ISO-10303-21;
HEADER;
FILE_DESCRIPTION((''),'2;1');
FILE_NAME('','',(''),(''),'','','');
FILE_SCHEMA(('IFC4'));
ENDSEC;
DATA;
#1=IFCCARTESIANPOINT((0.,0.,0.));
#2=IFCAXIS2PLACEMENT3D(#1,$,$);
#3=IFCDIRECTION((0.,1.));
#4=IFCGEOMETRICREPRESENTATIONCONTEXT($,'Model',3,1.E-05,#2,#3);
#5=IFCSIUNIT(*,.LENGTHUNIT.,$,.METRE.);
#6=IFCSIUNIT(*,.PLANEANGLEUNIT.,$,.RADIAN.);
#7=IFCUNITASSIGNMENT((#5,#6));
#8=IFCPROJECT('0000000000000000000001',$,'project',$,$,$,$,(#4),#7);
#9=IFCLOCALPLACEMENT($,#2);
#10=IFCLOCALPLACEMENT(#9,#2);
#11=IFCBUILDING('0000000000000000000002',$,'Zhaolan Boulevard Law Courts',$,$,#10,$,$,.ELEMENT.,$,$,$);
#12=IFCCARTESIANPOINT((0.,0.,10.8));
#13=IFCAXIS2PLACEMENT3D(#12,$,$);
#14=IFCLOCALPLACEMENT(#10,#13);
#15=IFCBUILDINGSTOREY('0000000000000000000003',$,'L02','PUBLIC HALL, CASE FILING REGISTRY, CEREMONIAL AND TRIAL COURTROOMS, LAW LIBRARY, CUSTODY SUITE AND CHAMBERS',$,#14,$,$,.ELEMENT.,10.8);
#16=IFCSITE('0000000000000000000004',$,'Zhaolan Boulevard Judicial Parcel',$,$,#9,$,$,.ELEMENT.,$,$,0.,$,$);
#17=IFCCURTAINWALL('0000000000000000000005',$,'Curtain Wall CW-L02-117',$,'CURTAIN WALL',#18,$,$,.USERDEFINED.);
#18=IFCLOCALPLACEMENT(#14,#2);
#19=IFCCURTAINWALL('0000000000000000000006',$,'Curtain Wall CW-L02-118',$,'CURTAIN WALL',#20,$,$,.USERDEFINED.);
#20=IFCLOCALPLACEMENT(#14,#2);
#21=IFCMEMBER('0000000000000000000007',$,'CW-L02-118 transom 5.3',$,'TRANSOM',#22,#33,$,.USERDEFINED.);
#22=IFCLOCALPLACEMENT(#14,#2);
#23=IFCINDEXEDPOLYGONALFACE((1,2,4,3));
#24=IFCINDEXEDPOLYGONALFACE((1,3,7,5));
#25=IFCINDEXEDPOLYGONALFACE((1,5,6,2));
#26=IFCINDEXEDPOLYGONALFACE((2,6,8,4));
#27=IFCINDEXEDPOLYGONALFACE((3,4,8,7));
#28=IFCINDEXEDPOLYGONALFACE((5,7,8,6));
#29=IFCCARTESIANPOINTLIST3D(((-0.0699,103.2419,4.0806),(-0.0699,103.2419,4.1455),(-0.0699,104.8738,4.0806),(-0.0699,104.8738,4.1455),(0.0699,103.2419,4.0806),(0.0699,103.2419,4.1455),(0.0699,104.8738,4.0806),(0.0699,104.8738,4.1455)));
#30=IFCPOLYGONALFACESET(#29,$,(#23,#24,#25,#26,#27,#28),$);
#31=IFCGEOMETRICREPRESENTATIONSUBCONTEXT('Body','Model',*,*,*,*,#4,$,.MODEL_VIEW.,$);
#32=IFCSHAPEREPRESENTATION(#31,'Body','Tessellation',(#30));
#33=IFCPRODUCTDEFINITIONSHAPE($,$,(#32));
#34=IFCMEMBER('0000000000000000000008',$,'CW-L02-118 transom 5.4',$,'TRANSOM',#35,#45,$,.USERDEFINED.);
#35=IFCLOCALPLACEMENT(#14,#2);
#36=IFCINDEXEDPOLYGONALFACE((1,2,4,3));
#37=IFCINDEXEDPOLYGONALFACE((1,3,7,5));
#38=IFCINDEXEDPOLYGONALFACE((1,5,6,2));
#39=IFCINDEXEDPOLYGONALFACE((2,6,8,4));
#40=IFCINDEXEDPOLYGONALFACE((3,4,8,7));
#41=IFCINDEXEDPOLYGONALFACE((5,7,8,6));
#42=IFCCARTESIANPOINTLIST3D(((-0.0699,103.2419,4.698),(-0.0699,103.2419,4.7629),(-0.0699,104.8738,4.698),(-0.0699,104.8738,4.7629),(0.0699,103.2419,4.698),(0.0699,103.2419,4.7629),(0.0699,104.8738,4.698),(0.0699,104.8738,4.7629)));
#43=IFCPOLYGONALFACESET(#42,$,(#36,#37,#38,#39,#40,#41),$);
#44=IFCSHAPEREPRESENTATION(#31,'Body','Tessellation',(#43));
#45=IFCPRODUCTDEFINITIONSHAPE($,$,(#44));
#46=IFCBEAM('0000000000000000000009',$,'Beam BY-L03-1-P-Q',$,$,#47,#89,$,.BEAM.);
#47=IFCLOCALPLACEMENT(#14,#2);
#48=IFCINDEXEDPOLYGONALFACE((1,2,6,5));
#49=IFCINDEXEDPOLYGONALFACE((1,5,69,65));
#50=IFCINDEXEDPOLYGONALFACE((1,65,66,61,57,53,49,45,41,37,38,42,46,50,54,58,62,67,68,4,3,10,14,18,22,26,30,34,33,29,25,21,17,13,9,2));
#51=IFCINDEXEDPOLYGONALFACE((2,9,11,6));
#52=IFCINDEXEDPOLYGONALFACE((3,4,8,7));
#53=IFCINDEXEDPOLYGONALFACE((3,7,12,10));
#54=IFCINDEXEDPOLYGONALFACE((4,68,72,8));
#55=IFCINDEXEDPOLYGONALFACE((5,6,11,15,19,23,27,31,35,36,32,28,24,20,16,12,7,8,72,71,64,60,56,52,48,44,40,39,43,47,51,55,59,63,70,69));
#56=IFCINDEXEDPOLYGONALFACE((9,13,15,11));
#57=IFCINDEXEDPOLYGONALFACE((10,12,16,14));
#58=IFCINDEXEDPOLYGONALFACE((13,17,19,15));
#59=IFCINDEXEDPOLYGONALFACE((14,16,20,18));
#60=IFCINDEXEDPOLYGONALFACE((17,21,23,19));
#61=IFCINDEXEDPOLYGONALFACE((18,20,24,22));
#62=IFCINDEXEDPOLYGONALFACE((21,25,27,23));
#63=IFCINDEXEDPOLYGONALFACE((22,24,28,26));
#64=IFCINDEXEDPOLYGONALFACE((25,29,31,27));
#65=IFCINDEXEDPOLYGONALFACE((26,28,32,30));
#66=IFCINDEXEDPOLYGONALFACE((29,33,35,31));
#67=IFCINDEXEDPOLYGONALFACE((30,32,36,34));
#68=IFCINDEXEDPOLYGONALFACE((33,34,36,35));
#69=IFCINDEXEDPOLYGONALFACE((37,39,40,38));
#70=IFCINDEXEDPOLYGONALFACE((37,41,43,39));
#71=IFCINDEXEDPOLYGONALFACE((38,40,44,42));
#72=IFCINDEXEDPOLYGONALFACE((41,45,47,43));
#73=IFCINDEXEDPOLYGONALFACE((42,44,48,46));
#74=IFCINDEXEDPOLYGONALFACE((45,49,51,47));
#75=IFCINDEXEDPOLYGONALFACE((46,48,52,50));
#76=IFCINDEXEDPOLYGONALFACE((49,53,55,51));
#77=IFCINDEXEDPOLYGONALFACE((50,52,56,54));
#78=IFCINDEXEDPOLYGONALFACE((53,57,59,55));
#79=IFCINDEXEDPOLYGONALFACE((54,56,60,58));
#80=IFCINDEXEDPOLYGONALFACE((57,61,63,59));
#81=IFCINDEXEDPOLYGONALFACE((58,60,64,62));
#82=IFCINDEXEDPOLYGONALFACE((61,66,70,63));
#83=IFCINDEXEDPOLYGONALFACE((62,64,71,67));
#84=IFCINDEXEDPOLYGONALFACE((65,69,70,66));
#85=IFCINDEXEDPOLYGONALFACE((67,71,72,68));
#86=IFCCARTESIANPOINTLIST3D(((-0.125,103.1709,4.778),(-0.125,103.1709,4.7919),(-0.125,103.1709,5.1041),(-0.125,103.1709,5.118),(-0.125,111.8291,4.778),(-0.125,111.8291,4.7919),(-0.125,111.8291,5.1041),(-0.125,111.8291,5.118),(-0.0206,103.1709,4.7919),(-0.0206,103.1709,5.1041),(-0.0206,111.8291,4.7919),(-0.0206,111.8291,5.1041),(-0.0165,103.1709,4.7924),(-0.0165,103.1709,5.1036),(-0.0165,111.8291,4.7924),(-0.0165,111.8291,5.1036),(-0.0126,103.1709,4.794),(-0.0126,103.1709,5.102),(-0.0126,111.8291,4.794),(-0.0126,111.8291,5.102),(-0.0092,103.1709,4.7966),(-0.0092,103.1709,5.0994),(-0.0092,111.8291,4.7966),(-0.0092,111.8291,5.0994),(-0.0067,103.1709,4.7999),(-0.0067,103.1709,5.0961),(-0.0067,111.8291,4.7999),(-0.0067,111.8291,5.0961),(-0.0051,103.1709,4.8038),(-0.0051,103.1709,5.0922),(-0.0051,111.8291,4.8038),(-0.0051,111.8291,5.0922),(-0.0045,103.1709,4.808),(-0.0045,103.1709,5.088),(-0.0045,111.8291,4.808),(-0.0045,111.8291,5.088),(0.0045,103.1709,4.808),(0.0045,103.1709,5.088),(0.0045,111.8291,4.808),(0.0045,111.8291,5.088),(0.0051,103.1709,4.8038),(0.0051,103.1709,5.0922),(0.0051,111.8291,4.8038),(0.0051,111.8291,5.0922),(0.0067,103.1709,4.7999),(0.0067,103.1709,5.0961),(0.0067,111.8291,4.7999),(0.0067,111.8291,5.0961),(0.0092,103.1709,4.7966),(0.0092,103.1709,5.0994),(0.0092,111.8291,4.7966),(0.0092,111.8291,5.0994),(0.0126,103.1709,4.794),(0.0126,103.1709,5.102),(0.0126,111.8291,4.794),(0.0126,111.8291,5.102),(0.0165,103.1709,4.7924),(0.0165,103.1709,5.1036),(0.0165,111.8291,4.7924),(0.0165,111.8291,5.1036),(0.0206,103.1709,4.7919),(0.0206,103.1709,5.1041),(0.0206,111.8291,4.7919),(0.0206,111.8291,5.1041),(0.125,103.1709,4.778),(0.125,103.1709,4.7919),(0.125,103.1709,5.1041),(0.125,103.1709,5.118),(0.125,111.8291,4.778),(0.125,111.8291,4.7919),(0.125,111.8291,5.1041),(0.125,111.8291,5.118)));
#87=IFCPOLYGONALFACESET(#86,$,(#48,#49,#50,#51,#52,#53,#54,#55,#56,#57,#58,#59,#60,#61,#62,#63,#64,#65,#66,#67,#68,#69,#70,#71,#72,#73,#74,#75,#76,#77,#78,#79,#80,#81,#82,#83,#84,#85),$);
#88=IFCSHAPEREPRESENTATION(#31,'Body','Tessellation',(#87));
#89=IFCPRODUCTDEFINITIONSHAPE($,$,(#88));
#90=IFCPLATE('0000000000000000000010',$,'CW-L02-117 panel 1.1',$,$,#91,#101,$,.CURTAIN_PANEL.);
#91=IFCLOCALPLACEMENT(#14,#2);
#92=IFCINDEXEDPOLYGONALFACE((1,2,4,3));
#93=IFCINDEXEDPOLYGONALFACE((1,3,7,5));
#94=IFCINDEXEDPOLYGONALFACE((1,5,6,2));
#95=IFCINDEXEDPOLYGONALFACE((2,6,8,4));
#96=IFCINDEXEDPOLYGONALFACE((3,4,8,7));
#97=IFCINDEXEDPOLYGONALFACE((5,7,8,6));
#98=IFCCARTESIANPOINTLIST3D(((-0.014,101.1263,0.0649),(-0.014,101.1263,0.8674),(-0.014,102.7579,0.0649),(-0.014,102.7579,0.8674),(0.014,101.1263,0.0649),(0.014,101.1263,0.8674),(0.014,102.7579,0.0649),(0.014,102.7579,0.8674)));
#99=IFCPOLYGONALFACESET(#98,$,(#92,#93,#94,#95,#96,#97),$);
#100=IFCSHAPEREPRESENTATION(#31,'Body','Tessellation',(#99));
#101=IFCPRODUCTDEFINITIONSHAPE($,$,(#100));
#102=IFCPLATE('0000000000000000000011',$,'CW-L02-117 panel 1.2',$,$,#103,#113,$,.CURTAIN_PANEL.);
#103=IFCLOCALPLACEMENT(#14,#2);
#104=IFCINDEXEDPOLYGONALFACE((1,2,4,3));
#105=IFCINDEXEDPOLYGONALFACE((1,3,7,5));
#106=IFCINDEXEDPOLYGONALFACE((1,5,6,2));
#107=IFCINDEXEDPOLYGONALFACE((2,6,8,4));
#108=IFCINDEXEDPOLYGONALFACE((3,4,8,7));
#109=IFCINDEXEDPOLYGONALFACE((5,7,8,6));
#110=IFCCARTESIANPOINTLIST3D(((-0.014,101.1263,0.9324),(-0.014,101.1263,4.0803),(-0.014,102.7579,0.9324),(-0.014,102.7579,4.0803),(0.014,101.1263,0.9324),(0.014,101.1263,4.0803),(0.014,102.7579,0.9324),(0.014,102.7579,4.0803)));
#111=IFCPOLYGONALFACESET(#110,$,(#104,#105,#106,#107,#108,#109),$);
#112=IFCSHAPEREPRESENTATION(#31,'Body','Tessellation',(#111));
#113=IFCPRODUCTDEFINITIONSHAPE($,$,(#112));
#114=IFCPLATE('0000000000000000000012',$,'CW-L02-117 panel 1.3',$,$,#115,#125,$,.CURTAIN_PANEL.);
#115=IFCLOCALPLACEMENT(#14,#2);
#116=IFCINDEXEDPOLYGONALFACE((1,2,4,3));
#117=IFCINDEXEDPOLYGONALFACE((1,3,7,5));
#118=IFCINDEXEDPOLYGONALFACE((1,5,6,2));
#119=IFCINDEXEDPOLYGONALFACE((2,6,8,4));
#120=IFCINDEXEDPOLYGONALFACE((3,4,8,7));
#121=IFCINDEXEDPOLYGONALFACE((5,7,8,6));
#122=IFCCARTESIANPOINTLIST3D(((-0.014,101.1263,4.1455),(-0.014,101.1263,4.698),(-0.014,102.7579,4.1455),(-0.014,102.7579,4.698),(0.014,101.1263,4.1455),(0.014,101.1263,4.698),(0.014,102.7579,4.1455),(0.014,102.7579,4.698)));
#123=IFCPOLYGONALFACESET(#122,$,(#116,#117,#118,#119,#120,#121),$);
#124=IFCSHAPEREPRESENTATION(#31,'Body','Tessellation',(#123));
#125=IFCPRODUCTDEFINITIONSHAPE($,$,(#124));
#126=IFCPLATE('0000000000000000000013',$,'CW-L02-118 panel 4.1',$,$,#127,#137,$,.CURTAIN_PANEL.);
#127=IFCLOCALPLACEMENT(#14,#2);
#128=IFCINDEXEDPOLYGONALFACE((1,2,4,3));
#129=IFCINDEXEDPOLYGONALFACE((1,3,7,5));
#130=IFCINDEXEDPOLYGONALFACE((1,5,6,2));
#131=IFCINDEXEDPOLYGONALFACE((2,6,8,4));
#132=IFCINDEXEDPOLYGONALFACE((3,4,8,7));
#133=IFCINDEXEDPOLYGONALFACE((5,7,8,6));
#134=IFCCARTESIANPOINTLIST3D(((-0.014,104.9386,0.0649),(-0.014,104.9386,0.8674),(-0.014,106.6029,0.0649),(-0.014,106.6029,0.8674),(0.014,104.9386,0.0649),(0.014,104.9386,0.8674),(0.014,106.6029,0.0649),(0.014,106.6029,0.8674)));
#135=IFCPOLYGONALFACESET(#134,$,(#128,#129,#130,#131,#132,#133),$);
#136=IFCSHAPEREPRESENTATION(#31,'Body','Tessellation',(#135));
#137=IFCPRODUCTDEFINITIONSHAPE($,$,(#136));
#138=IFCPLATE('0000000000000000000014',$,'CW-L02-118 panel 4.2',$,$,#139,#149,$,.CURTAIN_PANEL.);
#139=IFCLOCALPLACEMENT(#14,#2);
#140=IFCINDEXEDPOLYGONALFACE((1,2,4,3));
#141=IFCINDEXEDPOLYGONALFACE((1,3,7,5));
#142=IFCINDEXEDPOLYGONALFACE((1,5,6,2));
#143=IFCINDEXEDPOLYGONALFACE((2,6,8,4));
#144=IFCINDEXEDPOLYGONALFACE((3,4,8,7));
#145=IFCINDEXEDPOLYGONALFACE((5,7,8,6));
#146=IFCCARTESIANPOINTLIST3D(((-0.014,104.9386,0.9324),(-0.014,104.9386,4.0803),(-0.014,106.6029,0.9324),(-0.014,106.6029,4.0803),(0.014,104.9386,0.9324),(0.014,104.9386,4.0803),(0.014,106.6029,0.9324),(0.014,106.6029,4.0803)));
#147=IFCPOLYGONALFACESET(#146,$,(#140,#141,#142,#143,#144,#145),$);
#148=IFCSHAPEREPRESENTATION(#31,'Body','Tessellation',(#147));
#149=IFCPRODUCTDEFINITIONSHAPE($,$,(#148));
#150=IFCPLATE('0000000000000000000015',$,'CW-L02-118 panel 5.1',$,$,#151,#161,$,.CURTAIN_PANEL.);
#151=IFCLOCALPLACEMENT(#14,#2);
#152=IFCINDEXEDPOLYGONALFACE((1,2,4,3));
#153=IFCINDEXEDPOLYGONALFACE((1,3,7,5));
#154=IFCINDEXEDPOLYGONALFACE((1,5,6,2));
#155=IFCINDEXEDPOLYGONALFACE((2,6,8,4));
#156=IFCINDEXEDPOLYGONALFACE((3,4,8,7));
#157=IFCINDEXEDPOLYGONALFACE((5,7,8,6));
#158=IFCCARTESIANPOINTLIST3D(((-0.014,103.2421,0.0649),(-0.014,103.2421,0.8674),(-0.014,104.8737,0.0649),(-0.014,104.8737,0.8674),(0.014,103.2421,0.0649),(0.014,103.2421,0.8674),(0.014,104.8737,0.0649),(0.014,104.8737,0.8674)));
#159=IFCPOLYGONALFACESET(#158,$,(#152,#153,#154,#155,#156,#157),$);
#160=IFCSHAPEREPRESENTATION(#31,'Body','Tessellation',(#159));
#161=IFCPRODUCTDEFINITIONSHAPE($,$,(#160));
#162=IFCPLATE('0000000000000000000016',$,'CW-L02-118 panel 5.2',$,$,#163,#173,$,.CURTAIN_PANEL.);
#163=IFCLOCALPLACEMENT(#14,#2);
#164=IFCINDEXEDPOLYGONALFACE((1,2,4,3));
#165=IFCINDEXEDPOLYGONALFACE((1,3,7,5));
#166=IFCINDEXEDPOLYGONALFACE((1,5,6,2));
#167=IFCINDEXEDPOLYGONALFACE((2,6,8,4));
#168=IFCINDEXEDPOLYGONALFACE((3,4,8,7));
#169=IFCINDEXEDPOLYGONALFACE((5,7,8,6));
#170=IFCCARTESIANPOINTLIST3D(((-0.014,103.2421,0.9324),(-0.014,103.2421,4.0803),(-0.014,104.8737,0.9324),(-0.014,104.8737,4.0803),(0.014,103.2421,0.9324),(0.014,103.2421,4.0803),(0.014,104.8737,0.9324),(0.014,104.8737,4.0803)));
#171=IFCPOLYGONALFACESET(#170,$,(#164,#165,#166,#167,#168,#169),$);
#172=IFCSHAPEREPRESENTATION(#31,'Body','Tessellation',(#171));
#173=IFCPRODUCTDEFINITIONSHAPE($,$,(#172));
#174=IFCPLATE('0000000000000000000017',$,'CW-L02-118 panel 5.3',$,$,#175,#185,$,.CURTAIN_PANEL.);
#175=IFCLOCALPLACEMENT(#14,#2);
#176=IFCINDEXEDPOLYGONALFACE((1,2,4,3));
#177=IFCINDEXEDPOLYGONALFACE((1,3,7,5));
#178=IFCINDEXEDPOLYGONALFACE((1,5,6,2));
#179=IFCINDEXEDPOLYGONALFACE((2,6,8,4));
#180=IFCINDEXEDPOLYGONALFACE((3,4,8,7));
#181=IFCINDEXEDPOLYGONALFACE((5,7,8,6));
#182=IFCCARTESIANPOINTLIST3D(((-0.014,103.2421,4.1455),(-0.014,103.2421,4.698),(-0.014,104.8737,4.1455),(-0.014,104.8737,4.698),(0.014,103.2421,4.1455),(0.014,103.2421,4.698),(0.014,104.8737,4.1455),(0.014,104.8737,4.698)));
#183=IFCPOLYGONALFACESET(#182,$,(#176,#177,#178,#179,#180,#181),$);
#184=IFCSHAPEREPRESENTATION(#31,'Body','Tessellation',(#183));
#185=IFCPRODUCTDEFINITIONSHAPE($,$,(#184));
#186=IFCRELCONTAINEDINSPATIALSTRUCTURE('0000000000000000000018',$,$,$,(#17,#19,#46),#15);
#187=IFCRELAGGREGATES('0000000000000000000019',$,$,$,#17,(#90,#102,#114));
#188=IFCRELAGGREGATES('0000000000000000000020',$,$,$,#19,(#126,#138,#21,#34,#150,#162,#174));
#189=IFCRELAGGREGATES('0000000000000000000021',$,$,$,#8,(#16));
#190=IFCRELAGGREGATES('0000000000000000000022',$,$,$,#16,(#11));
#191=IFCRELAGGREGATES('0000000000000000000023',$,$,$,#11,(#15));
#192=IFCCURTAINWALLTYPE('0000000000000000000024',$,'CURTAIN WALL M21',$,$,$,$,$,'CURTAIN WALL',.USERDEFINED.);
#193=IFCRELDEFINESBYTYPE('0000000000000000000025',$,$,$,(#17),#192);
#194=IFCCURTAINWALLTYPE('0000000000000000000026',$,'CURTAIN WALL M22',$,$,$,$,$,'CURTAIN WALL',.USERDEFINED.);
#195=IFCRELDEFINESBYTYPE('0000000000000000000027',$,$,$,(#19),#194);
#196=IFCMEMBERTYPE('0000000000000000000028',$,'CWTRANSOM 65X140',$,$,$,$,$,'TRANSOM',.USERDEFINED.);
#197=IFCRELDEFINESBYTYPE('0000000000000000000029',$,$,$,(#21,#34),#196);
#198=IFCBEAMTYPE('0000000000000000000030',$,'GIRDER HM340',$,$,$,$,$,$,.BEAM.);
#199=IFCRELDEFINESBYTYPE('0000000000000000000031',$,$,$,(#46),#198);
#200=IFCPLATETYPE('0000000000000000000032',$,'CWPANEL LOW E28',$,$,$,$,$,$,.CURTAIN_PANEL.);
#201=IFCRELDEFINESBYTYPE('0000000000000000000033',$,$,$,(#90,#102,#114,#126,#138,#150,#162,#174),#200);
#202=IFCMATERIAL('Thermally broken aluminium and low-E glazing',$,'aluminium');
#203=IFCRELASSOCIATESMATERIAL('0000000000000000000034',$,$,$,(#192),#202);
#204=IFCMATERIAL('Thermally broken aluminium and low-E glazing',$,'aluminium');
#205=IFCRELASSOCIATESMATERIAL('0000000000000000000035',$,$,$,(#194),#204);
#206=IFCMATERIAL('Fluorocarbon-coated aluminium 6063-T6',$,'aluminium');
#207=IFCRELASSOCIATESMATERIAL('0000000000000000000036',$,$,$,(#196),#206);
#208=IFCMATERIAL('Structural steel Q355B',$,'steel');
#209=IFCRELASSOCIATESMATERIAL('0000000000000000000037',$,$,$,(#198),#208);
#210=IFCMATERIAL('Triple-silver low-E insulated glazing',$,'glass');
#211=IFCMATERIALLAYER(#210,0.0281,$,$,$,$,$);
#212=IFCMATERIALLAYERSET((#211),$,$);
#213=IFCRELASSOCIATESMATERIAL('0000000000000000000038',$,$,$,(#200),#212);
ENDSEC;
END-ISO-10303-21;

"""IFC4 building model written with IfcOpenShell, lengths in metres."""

from ifc_helpers import new_model, si_unit, direction, frame, origin, origin_2d, place, context, subcontext, project, spatial, rectangle, i_section, extrude, material, layer, layer_set, material_profile, profile_set, type_object, element, aggregate, save


model = new_model("IFC4")

# Units and contexts
model_context = context("Model", 3, precision=1e-05, world=origin(), true_north=direction((0.0, 1.0)))
body_context = subcontext(model_context, "Body", "Model", "MODEL_VIEW")
ifc_project = project(units=[si_unit("LENGTHUNIT", "METRE"), si_unit("PLANEANGLEUNIT", "RADIAN")], contexts=[model_context])

# Site, building, storey
site_placement = place(None, origin())
site = spatial("IfcSite", under=ifc_project, at=site_placement, Name="Zhaolan Boulevard Judicial Parcel", CompositionType="ELEMENT", RefElevation=0.0)
building_placement = place(site_placement, origin())
building = spatial("IfcBuilding", under=site, at=building_placement, Name="Zhaolan Boulevard Law Courts", CompositionType="ELEMENT")
storey_placement = place(building_placement, frame((0.0, 0.0, 10.8)))
storey = spatial("IfcBuildingStorey", under=building, at=storey_placement, Name="L02", Description="PUBLIC HALL, CASE FILING REGISTRY, CEREMONIAL AND TRIAL COURTROOMS, LAW LIBRARY, CUSTODY SUITE AND CHAMBERS", CompositionType="ELEMENT", Elevation=10.8)

# Curtain walls
ifc_material_1 = material(Name="Thermally broken aluminium and low-E glazing", Category="aluminium")
curtain_wall_type_1 = type_object("IfcCurtainWallType", Name="CURTAIN WALL M21", ElementType="CURTAIN WALL", PredefinedType="USERDEFINED", material=ifc_material_1)
curtain_wall_1_placement = place(storey_placement, origin())
curtain_wall_1 = element("IfcCurtainWall", 1, at=curtain_wall_1_placement, inside=storey, type_object=curtain_wall_type_1, Name="Curtain Wall CW-L02-117", ObjectType="CURTAIN WALL", PredefinedType="USERDEFINED")
ifc_material_2 = material(Name="Thermally broken aluminium and low-E glazing", Category="aluminium")
curtain_wall_type_2 = type_object("IfcCurtainWallType", Name="CURTAIN WALL M22", ElementType="CURTAIN WALL", PredefinedType="USERDEFINED", material=ifc_material_2)
curtain_wall_2_placement = place(storey_placement, origin())
curtain_wall_2 = element("IfcCurtainWall", 2, at=curtain_wall_2_placement, inside=storey, type_object=curtain_wall_type_2, Name="Curtain Wall CW-L02-118", ObjectType="CURTAIN WALL", PredefinedType="USERDEFINED")

# Members
ifc_material_3 = material(Name="Fluorocarbon-coated aluminium 6063-T6", Category="aluminium")
ifc_material_profile_1 = material_profile(ifc_material_3, rectangle(XDim=0.1399, YDim=0.0649, at=origin_2d()), Name="AL65x140")
ifc_profile_set_1 = profile_set([ifc_material_profile_1], Name="Fluorocarbon-coated aluminium 6063-T6")
member_type_1 = type_object("IfcMemberType", Name="CWTRANSOM 65X140", ElementType="TRANSOM", PredefinedType="USERDEFINED", material=ifc_profile_set_1)
member_1_placement = place(storey_placement, frame((0.0, 104.8738, 4.113), z_axis=(0.0, -1.0, 0.0), x_axis=(1.0, 0.0, 0.0)))
member_1 = element("IfcMember", 3, at=member_1_placement, type_object=member_type_1, Name="CW-L02-118 transom 5.3", ObjectType="TRANSOM", PredefinedType="USERDEFINED", context=body_context, shape_type="SweptSolid", body=[
    extrude(rectangle(XDim=0.1399, YDim=0.0649, at=origin_2d()), origin(), (0.0, 0.0, 1.0), 1.6318),
])
member_2_placement = place(storey_placement, frame((0.0, 104.8738, 4.7305), z_axis=(0.0, -1.0, 0.0), x_axis=(1.0, 0.0, 0.0)))
member_2 = element("IfcMember", 4, at=member_2_placement, type_object=member_type_1, Name="CW-L02-118 transom 5.4", ObjectType="TRANSOM", PredefinedType="USERDEFINED", context=body_context, shape_type="SweptSolid", body=[
    extrude(rectangle(XDim=0.1399, YDim=0.0649, at=origin_2d()), origin(), (0.0, 0.0, 1.0), 1.6318),
])

# Beam
ifc_material_4 = material(Name="Structural steel Q355B", Category="steel")
ifc_material_profile_2 = material_profile(ifc_material_4, i_section(OverallWidth=0.25, OverallDepth=0.3401, WebThickness=0.009, FlangeThickness=0.0139, FilletRadius=0.0161, at=origin_2d()), Name="HM340x250")
ifc_profile_set_2 = profile_set([ifc_material_profile_2], Name="Structural steel Q355B")
beam_type = type_object("IfcBeamType", Name="GIRDER HM340", PredefinedType="BEAM", material=ifc_profile_set_2)
beam_placement = place(storey_placement, frame((0.0, 103.1709, 4.948), z_axis=(0.0, 1.0, 0.0), x_axis=(-1.0, 0.0, 0.0)))
element("IfcBeam", 5, at=beam_placement, inside=storey, type_object=beam_type, Name="Beam BY-L03-1-P-Q", PredefinedType="BEAM", context=body_context, shape_type="SweptSolid", body=[
    extrude(i_section(OverallWidth=0.25, OverallDepth=0.3401, WebThickness=0.009, FlangeThickness=0.0139, FilletRadius=0.0161, at=origin_2d()), origin(), (0.0, 0.0, 1.0), 8.6582),
])

# Plates
ifc_material_5 = material(Name="Triple-silver low-E insulated glazing", Category="glass")
ifc_layer = layer(ifc_material_5, 0.0281)
ifc_layer_set = layer_set([ifc_layer])
plate_type = type_object("IfcPlateType", Name="CWPANEL LOW E28", PredefinedType="CURTAIN_PANEL", material=ifc_layer_set)
plate_1_placement = place(storey_placement, frame((0.0, 101.9421, 0.0649), z_axis=(0.0, 0.0, 1.0), x_axis=(0.0, -1.0, 0.0)))
plate_1 = element("IfcPlate", 6, at=plate_1_placement, type_object=plate_type, Name="CW-L02-117 panel 1.1", PredefinedType="CURTAIN_PANEL", context=body_context, shape_type="SweptSolid", body=[
    extrude(rectangle(XDim=1.6316, YDim=0.0281, at=origin_2d()), origin(), (0.0, 0.0, 1.0), 0.8025),
])
plate_2_placement = place(storey_placement, frame((0.0, 101.9421, 0.9324), z_axis=(0.0, 0.0, 1.0), x_axis=(0.0, -1.0, 0.0)))
plate_2 = element("IfcPlate", 7, at=plate_2_placement, type_object=plate_type, Name="CW-L02-117 panel 1.2", PredefinedType="CURTAIN_PANEL", context=body_context, shape_type="SweptSolid", body=[
    extrude(rectangle(XDim=1.6316, YDim=0.0281, at=origin_2d()), origin(), (0.0, 0.0, 1.0), 3.1479),
])
plate_3_placement = place(storey_placement, frame((0.0, 101.9421, 4.1455), z_axis=(0.0, 0.0, 1.0), x_axis=(0.0, -1.0, 0.0)))
plate_3 = element("IfcPlate", 8, at=plate_3_placement, type_object=plate_type, Name="CW-L02-117 panel 1.3", PredefinedType="CURTAIN_PANEL", context=body_context, shape_type="SweptSolid", body=[
    extrude(rectangle(XDim=1.6316, YDim=0.0281, at=origin_2d()), origin(), (0.0, 0.0, 1.0), 0.5525),
])
aggregate(curtain_wall_1, [plate_1, plate_2, plate_3])
plate_4_placement = place(storey_placement, frame((0.0, 105.7708, 0.0649), z_axis=(0.0, 0.0, 1.0), x_axis=(0.0, -1.0, 0.0)))
plate_4 = element("IfcPlate", 9, at=plate_4_placement, type_object=plate_type, Name="CW-L02-118 panel 4.1", PredefinedType="CURTAIN_PANEL", context=body_context, shape_type="SweptSolid", body=[
    extrude(rectangle(XDim=1.6643, YDim=0.0281, at=origin_2d()), origin(), (0.0, 0.0, 1.0), 0.8025),
])
plate_5_placement = place(storey_placement, frame((0.0, 105.7708, 0.9324), z_axis=(0.0, 0.0, 1.0), x_axis=(0.0, -1.0, 0.0)))
plate_5 = element("IfcPlate", 10, at=plate_5_placement, type_object=plate_type, Name="CW-L02-118 panel 4.2", PredefinedType="CURTAIN_PANEL", context=body_context, shape_type="SweptSolid", body=[
    extrude(rectangle(XDim=1.6643, YDim=0.0281, at=origin_2d()), origin(), (0.0, 0.0, 1.0), 3.1479),
])
plate_6_placement = place(storey_placement, frame((0.0, 104.0579, 0.0649), z_axis=(0.0, 0.0, 1.0), x_axis=(0.0, -1.0, 0.0)))
plate_6 = element("IfcPlate", 11, at=plate_6_placement, type_object=plate_type, Name="CW-L02-118 panel 5.1", PredefinedType="CURTAIN_PANEL", context=body_context, shape_type="SweptSolid", body=[
    extrude(rectangle(XDim=1.6316, YDim=0.0281, at=origin_2d()), origin(), (0.0, 0.0, 1.0), 0.8025),
])
plate_7_placement = place(storey_placement, frame((0.0, 104.0579, 0.9324), z_axis=(0.0, 0.0, 1.0), x_axis=(0.0, -1.0, 0.0)))
plate_7 = element("IfcPlate", 12, at=plate_7_placement, type_object=plate_type, Name="CW-L02-118 panel 5.2", PredefinedType="CURTAIN_PANEL", context=body_context, shape_type="SweptSolid", body=[
    extrude(rectangle(XDim=1.6316, YDim=0.0281, at=origin_2d()), origin(), (0.0, 0.0, 1.0), 3.1479),
])
plate_8_placement = place(storey_placement, frame((0.0, 104.0579, 4.1455), z_axis=(0.0, 0.0, 1.0), x_axis=(0.0, -1.0, 0.0)))
plate_8 = element("IfcPlate", 13, at=plate_8_placement, type_object=plate_type, Name="CW-L02-118 panel 5.3", PredefinedType="CURTAIN_PANEL", context=body_context, shape_type="SweptSolid", body=[
    extrude(rectangle(XDim=1.6316, YDim=0.0281, at=origin_2d()), origin(), (0.0, 0.0, 1.0), 0.5525),
])
aggregate(curtain_wall_2, [plate_4, plate_5, member_1, member_2, plate_6, plate_7, plate_8])

save(model, "model.ifc")
